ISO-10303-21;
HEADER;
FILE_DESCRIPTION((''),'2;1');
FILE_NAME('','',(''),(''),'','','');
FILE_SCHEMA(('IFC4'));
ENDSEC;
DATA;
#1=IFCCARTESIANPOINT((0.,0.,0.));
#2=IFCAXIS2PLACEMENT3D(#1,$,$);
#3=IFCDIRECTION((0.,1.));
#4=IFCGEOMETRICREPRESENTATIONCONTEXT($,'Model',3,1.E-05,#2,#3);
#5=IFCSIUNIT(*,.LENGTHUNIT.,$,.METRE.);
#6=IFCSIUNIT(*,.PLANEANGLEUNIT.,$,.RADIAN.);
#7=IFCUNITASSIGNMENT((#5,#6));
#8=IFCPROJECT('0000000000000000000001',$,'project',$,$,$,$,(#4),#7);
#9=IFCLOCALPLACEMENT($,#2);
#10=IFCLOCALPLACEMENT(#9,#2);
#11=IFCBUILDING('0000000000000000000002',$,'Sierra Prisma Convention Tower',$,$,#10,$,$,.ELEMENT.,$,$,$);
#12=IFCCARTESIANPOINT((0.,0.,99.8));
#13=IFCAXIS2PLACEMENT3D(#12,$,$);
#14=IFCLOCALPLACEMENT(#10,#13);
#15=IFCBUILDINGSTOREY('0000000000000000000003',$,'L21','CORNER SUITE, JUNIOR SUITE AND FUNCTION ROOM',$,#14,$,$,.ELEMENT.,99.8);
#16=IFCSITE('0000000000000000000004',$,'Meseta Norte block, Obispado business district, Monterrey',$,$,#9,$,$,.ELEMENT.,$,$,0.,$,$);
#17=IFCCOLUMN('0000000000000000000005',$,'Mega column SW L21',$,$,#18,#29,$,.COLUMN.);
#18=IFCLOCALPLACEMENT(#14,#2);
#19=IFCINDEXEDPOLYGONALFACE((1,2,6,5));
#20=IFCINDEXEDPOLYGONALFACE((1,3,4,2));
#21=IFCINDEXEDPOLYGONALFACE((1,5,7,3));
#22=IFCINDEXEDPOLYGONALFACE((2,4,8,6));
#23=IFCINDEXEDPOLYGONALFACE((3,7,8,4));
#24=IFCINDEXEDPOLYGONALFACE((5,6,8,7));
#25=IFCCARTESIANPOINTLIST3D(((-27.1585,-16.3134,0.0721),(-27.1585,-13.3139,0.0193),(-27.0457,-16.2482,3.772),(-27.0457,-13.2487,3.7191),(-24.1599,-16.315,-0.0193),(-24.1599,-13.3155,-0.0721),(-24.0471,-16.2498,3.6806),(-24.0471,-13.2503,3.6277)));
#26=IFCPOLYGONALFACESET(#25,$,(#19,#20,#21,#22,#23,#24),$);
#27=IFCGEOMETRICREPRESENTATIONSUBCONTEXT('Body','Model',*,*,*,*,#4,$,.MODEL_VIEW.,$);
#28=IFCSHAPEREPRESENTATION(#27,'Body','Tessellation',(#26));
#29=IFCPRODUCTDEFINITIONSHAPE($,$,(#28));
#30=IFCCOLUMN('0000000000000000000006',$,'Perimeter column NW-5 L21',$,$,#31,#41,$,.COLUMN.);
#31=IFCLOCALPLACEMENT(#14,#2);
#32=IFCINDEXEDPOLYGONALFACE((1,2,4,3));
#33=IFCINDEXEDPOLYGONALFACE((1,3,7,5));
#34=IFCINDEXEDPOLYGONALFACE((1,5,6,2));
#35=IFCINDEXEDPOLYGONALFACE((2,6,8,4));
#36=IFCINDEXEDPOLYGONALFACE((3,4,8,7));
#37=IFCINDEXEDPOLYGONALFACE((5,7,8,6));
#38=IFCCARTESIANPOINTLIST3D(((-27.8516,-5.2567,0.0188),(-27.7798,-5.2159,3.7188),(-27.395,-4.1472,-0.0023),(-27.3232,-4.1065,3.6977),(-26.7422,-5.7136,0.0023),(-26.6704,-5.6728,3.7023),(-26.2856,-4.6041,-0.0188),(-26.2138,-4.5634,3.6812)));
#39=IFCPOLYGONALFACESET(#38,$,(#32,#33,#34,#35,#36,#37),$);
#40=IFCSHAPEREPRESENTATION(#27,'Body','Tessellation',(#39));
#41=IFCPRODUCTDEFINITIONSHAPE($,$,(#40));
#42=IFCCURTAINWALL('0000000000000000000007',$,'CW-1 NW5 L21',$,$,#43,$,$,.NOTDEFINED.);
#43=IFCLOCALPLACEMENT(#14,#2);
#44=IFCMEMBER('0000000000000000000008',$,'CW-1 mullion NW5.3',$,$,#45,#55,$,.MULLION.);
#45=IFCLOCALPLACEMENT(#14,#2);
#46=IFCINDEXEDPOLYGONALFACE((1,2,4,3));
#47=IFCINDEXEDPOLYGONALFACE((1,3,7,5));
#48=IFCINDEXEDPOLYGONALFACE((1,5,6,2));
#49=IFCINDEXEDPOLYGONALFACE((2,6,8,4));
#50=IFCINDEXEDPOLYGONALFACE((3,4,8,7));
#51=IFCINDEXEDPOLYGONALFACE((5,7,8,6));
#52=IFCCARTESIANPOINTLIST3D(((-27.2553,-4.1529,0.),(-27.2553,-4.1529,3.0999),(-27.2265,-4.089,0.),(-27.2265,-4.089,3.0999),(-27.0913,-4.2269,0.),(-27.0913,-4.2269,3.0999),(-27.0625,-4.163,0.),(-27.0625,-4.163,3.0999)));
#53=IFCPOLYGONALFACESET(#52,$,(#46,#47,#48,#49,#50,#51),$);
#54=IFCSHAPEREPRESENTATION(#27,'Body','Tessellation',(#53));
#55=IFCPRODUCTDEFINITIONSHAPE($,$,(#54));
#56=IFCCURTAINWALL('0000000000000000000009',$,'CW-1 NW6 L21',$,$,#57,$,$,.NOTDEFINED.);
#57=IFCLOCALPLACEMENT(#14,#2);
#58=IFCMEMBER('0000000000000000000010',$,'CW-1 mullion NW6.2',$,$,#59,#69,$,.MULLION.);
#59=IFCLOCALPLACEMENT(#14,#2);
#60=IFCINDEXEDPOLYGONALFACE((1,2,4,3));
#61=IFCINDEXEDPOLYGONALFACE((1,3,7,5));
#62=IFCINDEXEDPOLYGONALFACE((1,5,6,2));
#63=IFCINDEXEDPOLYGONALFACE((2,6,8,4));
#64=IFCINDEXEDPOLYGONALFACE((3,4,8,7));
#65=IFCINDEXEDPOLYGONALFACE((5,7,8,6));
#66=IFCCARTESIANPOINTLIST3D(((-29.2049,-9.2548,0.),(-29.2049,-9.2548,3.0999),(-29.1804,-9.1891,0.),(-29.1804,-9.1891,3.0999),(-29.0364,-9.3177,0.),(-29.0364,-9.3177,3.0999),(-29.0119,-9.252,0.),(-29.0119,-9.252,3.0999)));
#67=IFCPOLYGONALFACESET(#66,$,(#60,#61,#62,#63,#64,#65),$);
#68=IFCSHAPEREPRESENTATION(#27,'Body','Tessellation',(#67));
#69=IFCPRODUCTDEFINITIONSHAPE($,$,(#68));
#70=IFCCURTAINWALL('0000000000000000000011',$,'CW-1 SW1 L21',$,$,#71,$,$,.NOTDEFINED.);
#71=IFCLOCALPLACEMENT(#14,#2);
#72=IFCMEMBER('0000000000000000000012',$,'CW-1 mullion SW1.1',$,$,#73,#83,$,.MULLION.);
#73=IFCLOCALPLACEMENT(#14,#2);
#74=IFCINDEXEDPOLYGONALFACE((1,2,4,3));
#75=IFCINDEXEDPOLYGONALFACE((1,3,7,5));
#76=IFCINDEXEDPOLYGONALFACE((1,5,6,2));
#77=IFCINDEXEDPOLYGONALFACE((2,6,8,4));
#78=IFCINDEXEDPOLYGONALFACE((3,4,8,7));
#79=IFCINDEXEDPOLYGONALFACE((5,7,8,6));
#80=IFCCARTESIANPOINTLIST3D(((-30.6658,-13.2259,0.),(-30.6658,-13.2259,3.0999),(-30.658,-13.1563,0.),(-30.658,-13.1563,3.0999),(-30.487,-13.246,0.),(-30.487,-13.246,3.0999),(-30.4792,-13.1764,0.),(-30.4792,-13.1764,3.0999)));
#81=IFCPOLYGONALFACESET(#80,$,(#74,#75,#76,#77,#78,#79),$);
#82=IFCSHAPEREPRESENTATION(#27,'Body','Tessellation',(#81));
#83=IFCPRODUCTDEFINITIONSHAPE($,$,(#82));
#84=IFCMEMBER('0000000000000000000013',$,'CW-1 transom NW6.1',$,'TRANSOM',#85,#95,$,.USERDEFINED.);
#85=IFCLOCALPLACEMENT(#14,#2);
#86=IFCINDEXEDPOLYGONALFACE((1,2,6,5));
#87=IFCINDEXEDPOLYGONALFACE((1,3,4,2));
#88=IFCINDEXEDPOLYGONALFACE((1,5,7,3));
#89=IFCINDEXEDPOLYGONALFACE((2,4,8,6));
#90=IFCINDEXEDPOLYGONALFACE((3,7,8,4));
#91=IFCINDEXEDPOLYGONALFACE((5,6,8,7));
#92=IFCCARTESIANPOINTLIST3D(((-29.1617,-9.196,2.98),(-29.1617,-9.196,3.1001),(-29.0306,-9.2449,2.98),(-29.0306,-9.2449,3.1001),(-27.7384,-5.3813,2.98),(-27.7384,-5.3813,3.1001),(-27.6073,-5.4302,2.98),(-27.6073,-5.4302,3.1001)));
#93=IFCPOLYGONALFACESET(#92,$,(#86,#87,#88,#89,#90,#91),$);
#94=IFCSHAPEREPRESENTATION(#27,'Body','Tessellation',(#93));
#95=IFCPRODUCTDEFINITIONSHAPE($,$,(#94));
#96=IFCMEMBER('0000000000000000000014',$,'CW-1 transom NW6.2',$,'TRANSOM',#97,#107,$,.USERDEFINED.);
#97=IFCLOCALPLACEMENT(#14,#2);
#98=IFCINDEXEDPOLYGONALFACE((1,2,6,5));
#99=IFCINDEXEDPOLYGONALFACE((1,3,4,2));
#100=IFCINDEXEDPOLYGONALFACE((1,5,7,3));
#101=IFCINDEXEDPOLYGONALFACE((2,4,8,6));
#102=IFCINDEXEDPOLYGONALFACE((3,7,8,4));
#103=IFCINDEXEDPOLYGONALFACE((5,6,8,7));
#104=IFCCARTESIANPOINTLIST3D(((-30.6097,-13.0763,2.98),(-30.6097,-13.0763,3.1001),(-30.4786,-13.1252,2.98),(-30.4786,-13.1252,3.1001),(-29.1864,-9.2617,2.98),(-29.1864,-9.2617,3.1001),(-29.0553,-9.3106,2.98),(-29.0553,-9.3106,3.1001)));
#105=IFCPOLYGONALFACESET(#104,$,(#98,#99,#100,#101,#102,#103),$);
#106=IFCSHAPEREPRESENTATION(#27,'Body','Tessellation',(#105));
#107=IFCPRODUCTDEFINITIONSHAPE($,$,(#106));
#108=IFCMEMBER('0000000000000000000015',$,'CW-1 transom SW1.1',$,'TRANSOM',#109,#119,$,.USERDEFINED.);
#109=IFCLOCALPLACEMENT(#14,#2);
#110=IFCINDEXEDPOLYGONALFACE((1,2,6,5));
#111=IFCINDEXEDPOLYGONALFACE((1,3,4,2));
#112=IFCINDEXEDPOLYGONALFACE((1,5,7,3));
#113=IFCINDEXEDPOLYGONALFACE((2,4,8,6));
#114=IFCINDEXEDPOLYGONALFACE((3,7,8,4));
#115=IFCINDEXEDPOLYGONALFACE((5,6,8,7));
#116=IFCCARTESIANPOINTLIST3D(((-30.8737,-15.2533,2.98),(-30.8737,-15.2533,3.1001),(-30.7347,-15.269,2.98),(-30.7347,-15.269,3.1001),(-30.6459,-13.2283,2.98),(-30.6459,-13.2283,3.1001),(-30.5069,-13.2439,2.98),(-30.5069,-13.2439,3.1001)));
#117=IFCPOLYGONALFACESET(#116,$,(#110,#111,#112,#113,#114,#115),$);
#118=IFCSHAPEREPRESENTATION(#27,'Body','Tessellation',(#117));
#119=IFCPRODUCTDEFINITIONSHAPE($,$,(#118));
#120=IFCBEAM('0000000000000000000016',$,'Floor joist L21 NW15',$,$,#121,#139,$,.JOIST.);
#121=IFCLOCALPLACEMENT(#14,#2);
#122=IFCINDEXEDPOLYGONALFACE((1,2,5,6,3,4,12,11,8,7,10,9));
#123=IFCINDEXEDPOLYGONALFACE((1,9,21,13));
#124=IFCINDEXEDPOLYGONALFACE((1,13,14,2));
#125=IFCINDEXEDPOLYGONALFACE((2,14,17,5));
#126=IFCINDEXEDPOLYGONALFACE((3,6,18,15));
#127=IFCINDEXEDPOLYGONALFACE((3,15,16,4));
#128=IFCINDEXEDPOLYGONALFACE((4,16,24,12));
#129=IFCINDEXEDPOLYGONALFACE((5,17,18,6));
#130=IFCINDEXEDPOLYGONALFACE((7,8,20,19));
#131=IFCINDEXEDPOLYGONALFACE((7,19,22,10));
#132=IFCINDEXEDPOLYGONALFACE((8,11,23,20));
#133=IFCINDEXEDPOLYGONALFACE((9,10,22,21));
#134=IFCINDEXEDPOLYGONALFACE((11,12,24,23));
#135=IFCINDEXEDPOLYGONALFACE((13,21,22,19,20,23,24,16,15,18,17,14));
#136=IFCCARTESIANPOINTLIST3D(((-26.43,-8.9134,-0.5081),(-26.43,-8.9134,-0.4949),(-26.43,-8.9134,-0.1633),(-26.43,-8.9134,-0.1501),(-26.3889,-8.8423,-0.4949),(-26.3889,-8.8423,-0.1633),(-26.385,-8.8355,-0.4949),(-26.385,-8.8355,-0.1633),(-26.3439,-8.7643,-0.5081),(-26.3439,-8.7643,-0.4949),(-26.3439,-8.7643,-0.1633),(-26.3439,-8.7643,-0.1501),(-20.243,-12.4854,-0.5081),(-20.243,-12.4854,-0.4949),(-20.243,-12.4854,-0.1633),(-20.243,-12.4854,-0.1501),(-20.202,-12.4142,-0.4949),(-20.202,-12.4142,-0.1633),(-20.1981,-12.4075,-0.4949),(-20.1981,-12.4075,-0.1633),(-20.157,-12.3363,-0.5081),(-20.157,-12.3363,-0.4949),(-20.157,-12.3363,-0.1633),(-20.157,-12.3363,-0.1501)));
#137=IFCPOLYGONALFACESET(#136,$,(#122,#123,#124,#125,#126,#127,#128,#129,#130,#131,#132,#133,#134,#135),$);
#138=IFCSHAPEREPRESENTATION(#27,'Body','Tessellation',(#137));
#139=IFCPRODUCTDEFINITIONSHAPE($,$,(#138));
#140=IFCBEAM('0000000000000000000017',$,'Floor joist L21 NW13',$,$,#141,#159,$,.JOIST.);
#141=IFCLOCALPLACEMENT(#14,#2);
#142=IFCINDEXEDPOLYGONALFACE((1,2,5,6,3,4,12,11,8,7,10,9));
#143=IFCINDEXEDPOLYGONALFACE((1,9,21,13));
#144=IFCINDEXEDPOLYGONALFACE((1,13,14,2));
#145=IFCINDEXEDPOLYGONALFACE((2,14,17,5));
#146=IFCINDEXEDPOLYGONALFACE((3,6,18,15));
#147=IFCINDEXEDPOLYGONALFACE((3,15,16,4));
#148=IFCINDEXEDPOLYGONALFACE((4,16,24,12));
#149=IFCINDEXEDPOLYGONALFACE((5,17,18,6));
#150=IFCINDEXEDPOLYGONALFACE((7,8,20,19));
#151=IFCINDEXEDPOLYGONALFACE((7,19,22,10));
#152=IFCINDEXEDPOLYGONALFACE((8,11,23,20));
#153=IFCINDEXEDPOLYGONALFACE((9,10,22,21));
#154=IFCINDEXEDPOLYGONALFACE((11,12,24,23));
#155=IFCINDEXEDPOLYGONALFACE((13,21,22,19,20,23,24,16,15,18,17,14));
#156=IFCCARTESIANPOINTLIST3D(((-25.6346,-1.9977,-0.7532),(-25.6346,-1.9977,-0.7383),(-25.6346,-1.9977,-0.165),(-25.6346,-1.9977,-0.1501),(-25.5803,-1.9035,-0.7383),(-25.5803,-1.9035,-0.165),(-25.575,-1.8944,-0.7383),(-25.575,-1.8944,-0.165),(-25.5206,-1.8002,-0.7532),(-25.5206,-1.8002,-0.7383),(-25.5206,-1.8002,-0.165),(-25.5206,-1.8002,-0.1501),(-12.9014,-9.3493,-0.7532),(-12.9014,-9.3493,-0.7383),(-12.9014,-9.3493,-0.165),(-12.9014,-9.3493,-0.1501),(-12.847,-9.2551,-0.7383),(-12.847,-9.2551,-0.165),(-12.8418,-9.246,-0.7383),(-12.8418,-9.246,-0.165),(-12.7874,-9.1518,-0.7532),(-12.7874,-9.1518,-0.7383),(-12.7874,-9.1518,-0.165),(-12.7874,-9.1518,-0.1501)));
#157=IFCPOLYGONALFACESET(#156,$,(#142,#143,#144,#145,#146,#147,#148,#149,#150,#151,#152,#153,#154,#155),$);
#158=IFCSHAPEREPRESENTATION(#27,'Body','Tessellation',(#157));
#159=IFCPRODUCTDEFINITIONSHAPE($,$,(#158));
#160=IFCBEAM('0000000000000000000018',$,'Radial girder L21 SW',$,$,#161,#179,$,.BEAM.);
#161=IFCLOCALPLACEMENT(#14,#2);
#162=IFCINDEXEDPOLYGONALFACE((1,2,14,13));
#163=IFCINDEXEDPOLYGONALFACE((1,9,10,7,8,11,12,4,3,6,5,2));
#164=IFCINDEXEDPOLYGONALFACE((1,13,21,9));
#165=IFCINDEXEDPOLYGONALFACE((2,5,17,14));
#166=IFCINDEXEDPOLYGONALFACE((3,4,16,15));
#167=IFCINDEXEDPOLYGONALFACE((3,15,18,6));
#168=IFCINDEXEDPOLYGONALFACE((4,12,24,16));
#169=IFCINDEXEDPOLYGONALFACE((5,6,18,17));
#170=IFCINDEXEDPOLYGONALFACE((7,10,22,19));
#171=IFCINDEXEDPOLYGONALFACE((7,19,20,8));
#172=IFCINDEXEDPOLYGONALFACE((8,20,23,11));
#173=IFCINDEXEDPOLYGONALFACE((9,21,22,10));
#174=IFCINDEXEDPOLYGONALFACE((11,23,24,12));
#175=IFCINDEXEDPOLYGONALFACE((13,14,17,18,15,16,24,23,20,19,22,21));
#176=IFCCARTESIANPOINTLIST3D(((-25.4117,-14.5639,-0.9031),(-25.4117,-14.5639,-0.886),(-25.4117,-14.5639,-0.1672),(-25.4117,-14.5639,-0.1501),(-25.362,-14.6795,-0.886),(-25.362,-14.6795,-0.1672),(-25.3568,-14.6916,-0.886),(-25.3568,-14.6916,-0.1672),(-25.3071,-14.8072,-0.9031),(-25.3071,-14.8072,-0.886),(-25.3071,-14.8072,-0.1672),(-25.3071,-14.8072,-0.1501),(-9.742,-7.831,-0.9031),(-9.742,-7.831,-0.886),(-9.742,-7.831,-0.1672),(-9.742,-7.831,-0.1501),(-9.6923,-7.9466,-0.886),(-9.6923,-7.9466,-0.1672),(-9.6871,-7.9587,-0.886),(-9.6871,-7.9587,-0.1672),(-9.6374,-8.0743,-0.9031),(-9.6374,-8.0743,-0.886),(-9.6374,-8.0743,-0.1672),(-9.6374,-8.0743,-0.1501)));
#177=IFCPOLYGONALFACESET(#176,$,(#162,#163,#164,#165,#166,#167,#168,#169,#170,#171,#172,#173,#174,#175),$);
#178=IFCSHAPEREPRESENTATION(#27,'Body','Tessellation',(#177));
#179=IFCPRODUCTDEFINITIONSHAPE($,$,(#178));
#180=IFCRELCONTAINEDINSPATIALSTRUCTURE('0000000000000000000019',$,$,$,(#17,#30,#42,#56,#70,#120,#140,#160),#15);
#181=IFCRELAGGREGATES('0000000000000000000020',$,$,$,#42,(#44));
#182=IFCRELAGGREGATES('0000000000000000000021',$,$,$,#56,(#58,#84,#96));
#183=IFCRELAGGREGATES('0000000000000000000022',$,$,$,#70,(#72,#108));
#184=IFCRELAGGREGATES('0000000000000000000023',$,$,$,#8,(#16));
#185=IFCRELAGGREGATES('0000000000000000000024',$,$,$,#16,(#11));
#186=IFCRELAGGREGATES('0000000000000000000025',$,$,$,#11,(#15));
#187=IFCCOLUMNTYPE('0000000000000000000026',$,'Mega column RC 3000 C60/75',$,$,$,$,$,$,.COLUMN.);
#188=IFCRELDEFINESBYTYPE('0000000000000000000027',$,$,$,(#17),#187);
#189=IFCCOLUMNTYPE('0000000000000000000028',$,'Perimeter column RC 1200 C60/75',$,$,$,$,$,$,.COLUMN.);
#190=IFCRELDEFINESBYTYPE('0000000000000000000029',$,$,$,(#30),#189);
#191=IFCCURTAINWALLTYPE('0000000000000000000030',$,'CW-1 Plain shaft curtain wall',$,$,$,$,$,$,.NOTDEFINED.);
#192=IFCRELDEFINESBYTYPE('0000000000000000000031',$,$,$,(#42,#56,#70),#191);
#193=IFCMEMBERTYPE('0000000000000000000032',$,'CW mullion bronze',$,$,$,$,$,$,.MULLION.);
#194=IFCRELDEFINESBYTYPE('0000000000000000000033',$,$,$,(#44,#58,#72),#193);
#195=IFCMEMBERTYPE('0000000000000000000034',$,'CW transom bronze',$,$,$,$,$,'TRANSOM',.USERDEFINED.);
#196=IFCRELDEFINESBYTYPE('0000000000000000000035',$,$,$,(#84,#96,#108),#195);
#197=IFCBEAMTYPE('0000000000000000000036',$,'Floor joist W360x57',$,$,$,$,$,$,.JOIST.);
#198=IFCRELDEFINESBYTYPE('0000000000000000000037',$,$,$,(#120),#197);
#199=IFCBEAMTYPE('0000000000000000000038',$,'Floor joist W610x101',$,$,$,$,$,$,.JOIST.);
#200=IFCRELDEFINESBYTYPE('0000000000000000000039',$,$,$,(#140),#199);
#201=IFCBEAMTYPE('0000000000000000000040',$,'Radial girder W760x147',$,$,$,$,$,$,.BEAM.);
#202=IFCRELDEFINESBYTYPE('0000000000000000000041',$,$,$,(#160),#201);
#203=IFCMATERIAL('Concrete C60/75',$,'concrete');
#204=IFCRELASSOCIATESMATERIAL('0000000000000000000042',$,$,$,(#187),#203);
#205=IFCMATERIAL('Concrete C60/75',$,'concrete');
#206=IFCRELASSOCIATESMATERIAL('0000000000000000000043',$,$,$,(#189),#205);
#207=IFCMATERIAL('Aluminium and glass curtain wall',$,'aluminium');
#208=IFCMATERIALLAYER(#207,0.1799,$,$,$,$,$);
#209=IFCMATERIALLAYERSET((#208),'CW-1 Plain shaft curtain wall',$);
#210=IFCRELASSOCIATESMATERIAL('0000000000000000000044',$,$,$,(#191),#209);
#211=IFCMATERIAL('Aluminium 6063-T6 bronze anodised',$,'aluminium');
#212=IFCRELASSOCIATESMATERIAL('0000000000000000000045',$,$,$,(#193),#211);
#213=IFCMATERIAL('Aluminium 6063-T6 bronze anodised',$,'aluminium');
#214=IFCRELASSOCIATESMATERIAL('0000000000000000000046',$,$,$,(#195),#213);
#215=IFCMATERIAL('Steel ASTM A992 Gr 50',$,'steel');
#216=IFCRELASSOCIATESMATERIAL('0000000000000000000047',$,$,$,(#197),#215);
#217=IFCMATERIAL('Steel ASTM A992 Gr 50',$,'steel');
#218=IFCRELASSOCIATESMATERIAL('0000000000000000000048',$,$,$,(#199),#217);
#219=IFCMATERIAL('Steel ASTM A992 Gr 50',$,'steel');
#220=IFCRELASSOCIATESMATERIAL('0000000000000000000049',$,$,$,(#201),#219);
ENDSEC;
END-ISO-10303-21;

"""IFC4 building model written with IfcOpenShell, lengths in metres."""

from ifc_helpers import new_model, si_unit, direction, frame, origin, origin_2d, place, context, subcontext, project, spatial, rectangle, i_section, extrude, material, layer, layer_set, material_profile, profile_set, type_object, element, aggregate, save


model = new_model("IFC4")

# Units and contexts
model_context = context("Model", 3, precision=1e-05, world=origin(), true_north=direction((0.0, 1.0)))
body_context = subcontext(model_context, "Body", "Model", "MODEL_VIEW")
ifc_project = project(units=[si_unit("LENGTHUNIT", "METRE"), si_unit("PLANEANGLEUNIT", "RADIAN")], contexts=[model_context])

# Site, building, storey
site_placement = place(None, origin())
site = spatial("IfcSite", under=ifc_project, at=site_placement, Name="Meseta Norte block, Obispado business district, Monterrey", CompositionType="ELEMENT", RefElevation=0.0)
building_placement = place(site_placement, origin())
building = spatial("IfcBuilding", under=site, at=building_placement, Name="Sierra Prisma Convention Tower", CompositionType="ELEMENT")
storey_placement = place(building_placement, frame((0.0, 0.0, 99.8)))
storey = spatial("IfcBuildingStorey", under=building, at=storey_placement, Name="L21", Description="CORNER SUITE, JUNIOR SUITE AND FUNCTION ROOM", CompositionType="ELEMENT", Elevation=99.8)

# Columns
ifc_material_1 = material(Name="Concrete C60/75", Category="concrete")
ifc_material_profile_1 = material_profile(ifc_material_1, rectangle(XDim=3.0, YDim=3.0, at=origin_2d()), Name="Mega column RC 3000 C60/75")
ifc_profile_set_1 = profile_set([ifc_material_profile_1], Name="Concrete C60/75")
column_type_1 = type_object("IfcColumnType", Name="Mega column RC 3000 C60/75", PredefinedType="COLUMN", material=ifc_profile_set_1)
column_1_placement = place(storey_placement, frame((-25.6592, -14.8145, 0.0), z_axis=(0.030466, 0.017607, 0.999381), x_axis=(0.999536, -0.000537, -0.030461)))
element("IfcColumn", 1, at=column_1_placement, inside=storey, type_object=column_type_1, Name="Mega column SW L21", PredefinedType="COLUMN", context=body_context, shape_type="SweptSolid", body=[
    extrude(rectangle(XDim=3.0, YDim=3.0, at=origin_2d()), origin(), (0.0, 0.0, 1.0), 3.7021),
])
ifc_material_2 = material(Name="Concrete C60/75", Category="concrete")
ifc_material_profile_2 = material_profile(ifc_material_2, rectangle(XDim=1.2, YDim=1.2, at=origin_2d()), Name="Perimeter column RC 1200 C60/75")
ifc_profile_set_2 = profile_set([ifc_material_profile_2], Name="Concrete C60/75")
column_type_2 = type_object("IfcColumnType", Name="Perimeter column RC 1200 C60/75", PredefinedType="COLUMN", material=ifc_profile_set_2)
column_2_placement = place(storey_placement, frame((-27.0686, -4.9304, 0.0), z_axis=(0.019395, 0.011017, 0.999751), x_axis=(0.380515, 0.924608, -0.01757)))
element("IfcColumn", 2, at=column_2_placement, inside=storey, type_object=column_type_2, Name="Perimeter column NW-5 L21", PredefinedType="COLUMN", context=body_context, shape_type="SweptSolid", body=[
    extrude(rectangle(XDim=1.2, YDim=1.2, at=origin_2d()), origin(), (0.0, 0.0, 1.0), 3.7009),
])

# Curtain walls, members
ifc_material_3 = material(Name="Aluminium and glass curtain wall", Category="aluminium")
ifc_layer_1 = layer(ifc_material_3, 0.1799)
ifc_layer_set_1 = layer_set([ifc_layer_1], Name="CW-1 Plain shaft curtain wall")
curtain_wall_type = type_object("IfcCurtainWallType", Name="CW-1 Plain shaft curtain wall", PredefinedType="NOTDEFINED", material=ifc_layer_set_1)
curtain_wall_1_placement = place(storey_placement, origin())
curtain_wall_1 = element("IfcCurtainWall", 3, at=curtain_wall_1_placement, inside=storey, type_object=curtain_wall_type, Name="CW-1 NW5 L21", PredefinedType="NOTDEFINED")
ifc_material_4 = material(Name="Aluminium 6063-T6 bronze anodised", Category="aluminium")
ifc_material_profile_3 = material_profile(ifc_material_4, rectangle(XDim=0.1799, YDim=0.0701, at=origin_2d()), Name="ALU MULLION 70x180")
ifc_profile_set_3 = profile_set([ifc_material_profile_3], Name="Aluminium 6063-T6 bronze anodised")
member_type_1 = type_object("IfcMemberType", Name="CW mullion bronze", PredefinedType="MULLION", material=ifc_profile_set_3)
member_1_placement = place(storey_placement, frame((-27.1589, -4.158, 0.0), z_axis=(0.0, 0.0, 1.0), x_axis=(0.911565, -0.411156, 0.0)))
member_1 = element("IfcMember", 4, at=member_1_placement, type_object=member_type_1, Name="CW-1 mullion NW5.3", PredefinedType="MULLION", context=body_context, shape_type="SweptSolid", body=[
    extrude(rectangle(XDim=0.1799, YDim=0.0701, at=origin_2d()), origin(), (0.0, 0.0, 1.0), 3.0999),
])
curtain_wall_2_placement = place(storey_placement, origin())
curtain_wall_2 = element("IfcCurtainWall", 5, at=curtain_wall_2_placement, inside=storey, type_object=curtain_wall_type, Name="CW-1 NW6 L21", PredefinedType="NOTDEFINED")
member_2_placement = place(storey_placement, frame((-29.1084, -9.2534, 0.0), z_axis=(0.0, 0.0, 1.0), x_axis=(0.936901, -0.349594, 0.0)))
member_2 = element("IfcMember", 6, at=member_2_placement, type_object=member_type_1, Name="CW-1 mullion NW6.2", PredefinedType="MULLION", context=body_context, shape_type="SweptSolid", body=[
    extrude(rectangle(XDim=0.1799, YDim=0.0701, at=origin_2d()), origin(), (0.0, 0.0, 1.0), 3.0999),
])
curtain_wall_3_placement = place(storey_placement, origin())
curtain_wall_3 = element("IfcCurtainWall", 7, at=curtain_wall_3_placement, inside=storey, type_object=curtain_wall_type, Name="CW-1 SW1 L21", PredefinedType="NOTDEFINED")
member_3_placement = place(storey_placement, frame((-30.5725, -13.2012, 0.0), z_axis=(0.0, 0.0, 1.0), x_axis=(0.993736, -0.11175, 0.0)))
member_3 = element("IfcMember", 8, at=member_3_placement, type_object=member_type_1, Name="CW-1 mullion SW1.1", PredefinedType="MULLION", context=body_context, shape_type="SweptSolid", body=[
    extrude(rectangle(XDim=0.1799, YDim=0.0701, at=origin_2d()), origin(), (0.0, 0.0, 1.0), 3.0999),
])

# Members
ifc_material_5 = material(Name="Aluminium 6063-T6 bronze anodised", Category="aluminium")
ifc_material_profile_4 = material_profile(ifc_material_5, rectangle(XDim=0.1399, YDim=0.1201, at=origin_2d()), Name="ALU TRANSOM 120x140")
ifc_profile_set_4 = profile_set([ifc_material_profile_4], Name="Aluminium 6063-T6 bronze anodised")
member_type_2 = type_object("IfcMemberType", Name="CW transom bronze", ElementType="TRANSOM", PredefinedType="USERDEFINED", material=ifc_profile_set_4)
member_4_placement = place(storey_placement, frame((-27.6729, -5.4058, 3.04), z_axis=(-0.349579, -0.936907, 0.0), x_axis=(0.936907, -0.349579, 0.0)))
member_4 = element("IfcMember", 9, at=member_4_placement, type_object=member_type_2, Name="CW-1 transom NW6.1", ObjectType="TRANSOM", PredefinedType="USERDEFINED", context=body_context, shape_type="SweptSolid", body=[
    extrude(rectangle(XDim=0.1399, YDim=0.1201, at=origin_2d()), origin(), (0.0, 0.0, 1.0), 4.0715),
])
member_5_placement = place(storey_placement, frame((-29.1208, -9.2861, 3.04), z_axis=(-0.349579, -0.936907, 0.0), x_axis=(0.936907, -0.349579, 0.0)))
member_5 = element("IfcMember", 10, at=member_5_placement, type_object=member_type_2, Name="CW-1 transom NW6.2", ObjectType="TRANSOM", PredefinedType="USERDEFINED", context=body_context, shape_type="SweptSolid", body=[
    extrude(rectangle(XDim=0.1399, YDim=0.1201, at=origin_2d()), origin(), (0.0, 0.0, 1.0), 4.0715),
])
member_6_placement = place(storey_placement, frame((-30.5764, -13.2361, 3.04), z_axis=(-0.111773, -0.993734, 0.0), x_axis=(0.993734, -0.111773, 0.0)))
member_6 = element("IfcMember", 11, at=member_6_placement, type_object=member_type_2, Name="CW-1 transom SW1.1", ObjectType="TRANSOM", PredefinedType="USERDEFINED", context=body_context, shape_type="SweptSolid", body=[
    extrude(rectangle(XDim=0.1399, YDim=0.1201, at=origin_2d()), origin(), (0.0, 0.0, 1.0), 2.0378),
])

# Beams
ifc_material_6 = material(Name="Steel ASTM A992 Gr 50", Category="steel")
ifc_material_profile_5 = material_profile(ifc_material_6, i_section(OverallWidth=0.1721, OverallDepth=0.3579, WebThickness=0.0078, FlangeThickness=0.0132, at=origin_2d()), Name="W360x57")
ifc_profile_set_5 = profile_set([ifc_material_profile_5], Name="Steel ASTM A992 Gr 50")
beam_type_1 = type_object("IfcBeamType", Name="Floor joist W360x57", PredefinedType="JOIST", material=ifc_profile_set_5)
beam_1_placement = place(storey_placement, frame((-26.387, -8.8389, -0.3291), z_axis=(0.866029, -0.499995, 0.0), x_axis=(0.499995, 0.866029, 0.0)))
element("IfcBeam", 12, at=beam_1_placement, inside=storey, type_object=beam_type_1, Name="Floor joist L21 NW15", PredefinedType="JOIST", context=body_context, shape_type="SweptSolid", body=[
    extrude(i_section(OverallWidth=0.1721, OverallDepth=0.3579, WebThickness=0.0078, FlangeThickness=0.0132, at=origin_2d()), origin(), (0.0, 0.0, 1.0), 7.144),
])
ifc_material_7 = material(Name="Steel ASTM A992 Gr 50", Category="steel")
ifc_material_profile_6 = material_profile(ifc_material_7, i_section(OverallWidth=0.228, OverallDepth=0.603, WebThickness=0.0105, FlangeThickness=0.0149, at=origin_2d()), Name="W610x101")
ifc_profile_set_6 = profile_set([ifc_material_profile_6], Name="Steel ASTM A992 Gr 50")
beam_type_2 = type_object("IfcBeamType", Name="Floor joist W610x101", PredefinedType="JOIST", material=ifc_profile_set_6)
beam_2_placement = place(storey_placement, frame((-25.5776, -1.8989, -0.4517), z_axis=(0.866023, -0.500004, 0.0), x_axis=(0.500004, 0.866023, 0.0)))
element("IfcBeam", 13, at=beam_2_placement, inside=storey, type_object=beam_type_2, Name="Floor joist L21 NW13", PredefinedType="JOIST", context=body_context, shape_type="SweptSolid", body=[
    extrude(i_section(OverallWidth=0.228, OverallDepth=0.603, WebThickness=0.0105, FlangeThickness=0.0149, at=origin_2d()), origin(), (0.0, 0.0, 1.0), 14.7031),
])
ifc_material_8 = material(Name="Steel ASTM A992 Gr 50", Category="steel")
ifc_material_profile_7 = material_profile(ifc_material_8, i_section(OverallWidth=0.2649, OverallDepth=0.7529, WebThickness=0.0132, FlangeThickness=0.0171, at=origin_2d()), Name="W760x147")
ifc_profile_set_7 = profile_set([ifc_material_profile_7], Name="Steel ASTM A992 Gr 50")
beam_type_3 = type_object("IfcBeamType", Name="Radial girder W760x147", PredefinedType="BEAM", material=ifc_profile_set_7)
beam_3_placement = place(storey_placement, frame((-25.3594, -14.6855, -0.5266), z_axis=(0.918777, 0.394778, 0.0), x_axis=(-0.394778, 0.918777, 0.0)))
element("IfcBeam", 14, at=beam_3_placement, inside=storey, type_object=beam_type_3, Name="Radial girder L21 SW", PredefinedType="BEAM", context=body_context, shape_type="SweptSolid", body=[
    extrude(i_section(OverallWidth=0.2649, OverallDepth=0.7529, WebThickness=0.0132, FlangeThickness=0.0171, at=origin_2d()), origin(), (0.0, 0.0, 1.0), 17.0549),
])

aggregate(curtain_wall_1, [member_1])
aggregate(curtain_wall_2, [member_2, member_4, member_5])
aggregate(curtain_wall_3, [member_3, member_6])

save(model, "model.ifc")
